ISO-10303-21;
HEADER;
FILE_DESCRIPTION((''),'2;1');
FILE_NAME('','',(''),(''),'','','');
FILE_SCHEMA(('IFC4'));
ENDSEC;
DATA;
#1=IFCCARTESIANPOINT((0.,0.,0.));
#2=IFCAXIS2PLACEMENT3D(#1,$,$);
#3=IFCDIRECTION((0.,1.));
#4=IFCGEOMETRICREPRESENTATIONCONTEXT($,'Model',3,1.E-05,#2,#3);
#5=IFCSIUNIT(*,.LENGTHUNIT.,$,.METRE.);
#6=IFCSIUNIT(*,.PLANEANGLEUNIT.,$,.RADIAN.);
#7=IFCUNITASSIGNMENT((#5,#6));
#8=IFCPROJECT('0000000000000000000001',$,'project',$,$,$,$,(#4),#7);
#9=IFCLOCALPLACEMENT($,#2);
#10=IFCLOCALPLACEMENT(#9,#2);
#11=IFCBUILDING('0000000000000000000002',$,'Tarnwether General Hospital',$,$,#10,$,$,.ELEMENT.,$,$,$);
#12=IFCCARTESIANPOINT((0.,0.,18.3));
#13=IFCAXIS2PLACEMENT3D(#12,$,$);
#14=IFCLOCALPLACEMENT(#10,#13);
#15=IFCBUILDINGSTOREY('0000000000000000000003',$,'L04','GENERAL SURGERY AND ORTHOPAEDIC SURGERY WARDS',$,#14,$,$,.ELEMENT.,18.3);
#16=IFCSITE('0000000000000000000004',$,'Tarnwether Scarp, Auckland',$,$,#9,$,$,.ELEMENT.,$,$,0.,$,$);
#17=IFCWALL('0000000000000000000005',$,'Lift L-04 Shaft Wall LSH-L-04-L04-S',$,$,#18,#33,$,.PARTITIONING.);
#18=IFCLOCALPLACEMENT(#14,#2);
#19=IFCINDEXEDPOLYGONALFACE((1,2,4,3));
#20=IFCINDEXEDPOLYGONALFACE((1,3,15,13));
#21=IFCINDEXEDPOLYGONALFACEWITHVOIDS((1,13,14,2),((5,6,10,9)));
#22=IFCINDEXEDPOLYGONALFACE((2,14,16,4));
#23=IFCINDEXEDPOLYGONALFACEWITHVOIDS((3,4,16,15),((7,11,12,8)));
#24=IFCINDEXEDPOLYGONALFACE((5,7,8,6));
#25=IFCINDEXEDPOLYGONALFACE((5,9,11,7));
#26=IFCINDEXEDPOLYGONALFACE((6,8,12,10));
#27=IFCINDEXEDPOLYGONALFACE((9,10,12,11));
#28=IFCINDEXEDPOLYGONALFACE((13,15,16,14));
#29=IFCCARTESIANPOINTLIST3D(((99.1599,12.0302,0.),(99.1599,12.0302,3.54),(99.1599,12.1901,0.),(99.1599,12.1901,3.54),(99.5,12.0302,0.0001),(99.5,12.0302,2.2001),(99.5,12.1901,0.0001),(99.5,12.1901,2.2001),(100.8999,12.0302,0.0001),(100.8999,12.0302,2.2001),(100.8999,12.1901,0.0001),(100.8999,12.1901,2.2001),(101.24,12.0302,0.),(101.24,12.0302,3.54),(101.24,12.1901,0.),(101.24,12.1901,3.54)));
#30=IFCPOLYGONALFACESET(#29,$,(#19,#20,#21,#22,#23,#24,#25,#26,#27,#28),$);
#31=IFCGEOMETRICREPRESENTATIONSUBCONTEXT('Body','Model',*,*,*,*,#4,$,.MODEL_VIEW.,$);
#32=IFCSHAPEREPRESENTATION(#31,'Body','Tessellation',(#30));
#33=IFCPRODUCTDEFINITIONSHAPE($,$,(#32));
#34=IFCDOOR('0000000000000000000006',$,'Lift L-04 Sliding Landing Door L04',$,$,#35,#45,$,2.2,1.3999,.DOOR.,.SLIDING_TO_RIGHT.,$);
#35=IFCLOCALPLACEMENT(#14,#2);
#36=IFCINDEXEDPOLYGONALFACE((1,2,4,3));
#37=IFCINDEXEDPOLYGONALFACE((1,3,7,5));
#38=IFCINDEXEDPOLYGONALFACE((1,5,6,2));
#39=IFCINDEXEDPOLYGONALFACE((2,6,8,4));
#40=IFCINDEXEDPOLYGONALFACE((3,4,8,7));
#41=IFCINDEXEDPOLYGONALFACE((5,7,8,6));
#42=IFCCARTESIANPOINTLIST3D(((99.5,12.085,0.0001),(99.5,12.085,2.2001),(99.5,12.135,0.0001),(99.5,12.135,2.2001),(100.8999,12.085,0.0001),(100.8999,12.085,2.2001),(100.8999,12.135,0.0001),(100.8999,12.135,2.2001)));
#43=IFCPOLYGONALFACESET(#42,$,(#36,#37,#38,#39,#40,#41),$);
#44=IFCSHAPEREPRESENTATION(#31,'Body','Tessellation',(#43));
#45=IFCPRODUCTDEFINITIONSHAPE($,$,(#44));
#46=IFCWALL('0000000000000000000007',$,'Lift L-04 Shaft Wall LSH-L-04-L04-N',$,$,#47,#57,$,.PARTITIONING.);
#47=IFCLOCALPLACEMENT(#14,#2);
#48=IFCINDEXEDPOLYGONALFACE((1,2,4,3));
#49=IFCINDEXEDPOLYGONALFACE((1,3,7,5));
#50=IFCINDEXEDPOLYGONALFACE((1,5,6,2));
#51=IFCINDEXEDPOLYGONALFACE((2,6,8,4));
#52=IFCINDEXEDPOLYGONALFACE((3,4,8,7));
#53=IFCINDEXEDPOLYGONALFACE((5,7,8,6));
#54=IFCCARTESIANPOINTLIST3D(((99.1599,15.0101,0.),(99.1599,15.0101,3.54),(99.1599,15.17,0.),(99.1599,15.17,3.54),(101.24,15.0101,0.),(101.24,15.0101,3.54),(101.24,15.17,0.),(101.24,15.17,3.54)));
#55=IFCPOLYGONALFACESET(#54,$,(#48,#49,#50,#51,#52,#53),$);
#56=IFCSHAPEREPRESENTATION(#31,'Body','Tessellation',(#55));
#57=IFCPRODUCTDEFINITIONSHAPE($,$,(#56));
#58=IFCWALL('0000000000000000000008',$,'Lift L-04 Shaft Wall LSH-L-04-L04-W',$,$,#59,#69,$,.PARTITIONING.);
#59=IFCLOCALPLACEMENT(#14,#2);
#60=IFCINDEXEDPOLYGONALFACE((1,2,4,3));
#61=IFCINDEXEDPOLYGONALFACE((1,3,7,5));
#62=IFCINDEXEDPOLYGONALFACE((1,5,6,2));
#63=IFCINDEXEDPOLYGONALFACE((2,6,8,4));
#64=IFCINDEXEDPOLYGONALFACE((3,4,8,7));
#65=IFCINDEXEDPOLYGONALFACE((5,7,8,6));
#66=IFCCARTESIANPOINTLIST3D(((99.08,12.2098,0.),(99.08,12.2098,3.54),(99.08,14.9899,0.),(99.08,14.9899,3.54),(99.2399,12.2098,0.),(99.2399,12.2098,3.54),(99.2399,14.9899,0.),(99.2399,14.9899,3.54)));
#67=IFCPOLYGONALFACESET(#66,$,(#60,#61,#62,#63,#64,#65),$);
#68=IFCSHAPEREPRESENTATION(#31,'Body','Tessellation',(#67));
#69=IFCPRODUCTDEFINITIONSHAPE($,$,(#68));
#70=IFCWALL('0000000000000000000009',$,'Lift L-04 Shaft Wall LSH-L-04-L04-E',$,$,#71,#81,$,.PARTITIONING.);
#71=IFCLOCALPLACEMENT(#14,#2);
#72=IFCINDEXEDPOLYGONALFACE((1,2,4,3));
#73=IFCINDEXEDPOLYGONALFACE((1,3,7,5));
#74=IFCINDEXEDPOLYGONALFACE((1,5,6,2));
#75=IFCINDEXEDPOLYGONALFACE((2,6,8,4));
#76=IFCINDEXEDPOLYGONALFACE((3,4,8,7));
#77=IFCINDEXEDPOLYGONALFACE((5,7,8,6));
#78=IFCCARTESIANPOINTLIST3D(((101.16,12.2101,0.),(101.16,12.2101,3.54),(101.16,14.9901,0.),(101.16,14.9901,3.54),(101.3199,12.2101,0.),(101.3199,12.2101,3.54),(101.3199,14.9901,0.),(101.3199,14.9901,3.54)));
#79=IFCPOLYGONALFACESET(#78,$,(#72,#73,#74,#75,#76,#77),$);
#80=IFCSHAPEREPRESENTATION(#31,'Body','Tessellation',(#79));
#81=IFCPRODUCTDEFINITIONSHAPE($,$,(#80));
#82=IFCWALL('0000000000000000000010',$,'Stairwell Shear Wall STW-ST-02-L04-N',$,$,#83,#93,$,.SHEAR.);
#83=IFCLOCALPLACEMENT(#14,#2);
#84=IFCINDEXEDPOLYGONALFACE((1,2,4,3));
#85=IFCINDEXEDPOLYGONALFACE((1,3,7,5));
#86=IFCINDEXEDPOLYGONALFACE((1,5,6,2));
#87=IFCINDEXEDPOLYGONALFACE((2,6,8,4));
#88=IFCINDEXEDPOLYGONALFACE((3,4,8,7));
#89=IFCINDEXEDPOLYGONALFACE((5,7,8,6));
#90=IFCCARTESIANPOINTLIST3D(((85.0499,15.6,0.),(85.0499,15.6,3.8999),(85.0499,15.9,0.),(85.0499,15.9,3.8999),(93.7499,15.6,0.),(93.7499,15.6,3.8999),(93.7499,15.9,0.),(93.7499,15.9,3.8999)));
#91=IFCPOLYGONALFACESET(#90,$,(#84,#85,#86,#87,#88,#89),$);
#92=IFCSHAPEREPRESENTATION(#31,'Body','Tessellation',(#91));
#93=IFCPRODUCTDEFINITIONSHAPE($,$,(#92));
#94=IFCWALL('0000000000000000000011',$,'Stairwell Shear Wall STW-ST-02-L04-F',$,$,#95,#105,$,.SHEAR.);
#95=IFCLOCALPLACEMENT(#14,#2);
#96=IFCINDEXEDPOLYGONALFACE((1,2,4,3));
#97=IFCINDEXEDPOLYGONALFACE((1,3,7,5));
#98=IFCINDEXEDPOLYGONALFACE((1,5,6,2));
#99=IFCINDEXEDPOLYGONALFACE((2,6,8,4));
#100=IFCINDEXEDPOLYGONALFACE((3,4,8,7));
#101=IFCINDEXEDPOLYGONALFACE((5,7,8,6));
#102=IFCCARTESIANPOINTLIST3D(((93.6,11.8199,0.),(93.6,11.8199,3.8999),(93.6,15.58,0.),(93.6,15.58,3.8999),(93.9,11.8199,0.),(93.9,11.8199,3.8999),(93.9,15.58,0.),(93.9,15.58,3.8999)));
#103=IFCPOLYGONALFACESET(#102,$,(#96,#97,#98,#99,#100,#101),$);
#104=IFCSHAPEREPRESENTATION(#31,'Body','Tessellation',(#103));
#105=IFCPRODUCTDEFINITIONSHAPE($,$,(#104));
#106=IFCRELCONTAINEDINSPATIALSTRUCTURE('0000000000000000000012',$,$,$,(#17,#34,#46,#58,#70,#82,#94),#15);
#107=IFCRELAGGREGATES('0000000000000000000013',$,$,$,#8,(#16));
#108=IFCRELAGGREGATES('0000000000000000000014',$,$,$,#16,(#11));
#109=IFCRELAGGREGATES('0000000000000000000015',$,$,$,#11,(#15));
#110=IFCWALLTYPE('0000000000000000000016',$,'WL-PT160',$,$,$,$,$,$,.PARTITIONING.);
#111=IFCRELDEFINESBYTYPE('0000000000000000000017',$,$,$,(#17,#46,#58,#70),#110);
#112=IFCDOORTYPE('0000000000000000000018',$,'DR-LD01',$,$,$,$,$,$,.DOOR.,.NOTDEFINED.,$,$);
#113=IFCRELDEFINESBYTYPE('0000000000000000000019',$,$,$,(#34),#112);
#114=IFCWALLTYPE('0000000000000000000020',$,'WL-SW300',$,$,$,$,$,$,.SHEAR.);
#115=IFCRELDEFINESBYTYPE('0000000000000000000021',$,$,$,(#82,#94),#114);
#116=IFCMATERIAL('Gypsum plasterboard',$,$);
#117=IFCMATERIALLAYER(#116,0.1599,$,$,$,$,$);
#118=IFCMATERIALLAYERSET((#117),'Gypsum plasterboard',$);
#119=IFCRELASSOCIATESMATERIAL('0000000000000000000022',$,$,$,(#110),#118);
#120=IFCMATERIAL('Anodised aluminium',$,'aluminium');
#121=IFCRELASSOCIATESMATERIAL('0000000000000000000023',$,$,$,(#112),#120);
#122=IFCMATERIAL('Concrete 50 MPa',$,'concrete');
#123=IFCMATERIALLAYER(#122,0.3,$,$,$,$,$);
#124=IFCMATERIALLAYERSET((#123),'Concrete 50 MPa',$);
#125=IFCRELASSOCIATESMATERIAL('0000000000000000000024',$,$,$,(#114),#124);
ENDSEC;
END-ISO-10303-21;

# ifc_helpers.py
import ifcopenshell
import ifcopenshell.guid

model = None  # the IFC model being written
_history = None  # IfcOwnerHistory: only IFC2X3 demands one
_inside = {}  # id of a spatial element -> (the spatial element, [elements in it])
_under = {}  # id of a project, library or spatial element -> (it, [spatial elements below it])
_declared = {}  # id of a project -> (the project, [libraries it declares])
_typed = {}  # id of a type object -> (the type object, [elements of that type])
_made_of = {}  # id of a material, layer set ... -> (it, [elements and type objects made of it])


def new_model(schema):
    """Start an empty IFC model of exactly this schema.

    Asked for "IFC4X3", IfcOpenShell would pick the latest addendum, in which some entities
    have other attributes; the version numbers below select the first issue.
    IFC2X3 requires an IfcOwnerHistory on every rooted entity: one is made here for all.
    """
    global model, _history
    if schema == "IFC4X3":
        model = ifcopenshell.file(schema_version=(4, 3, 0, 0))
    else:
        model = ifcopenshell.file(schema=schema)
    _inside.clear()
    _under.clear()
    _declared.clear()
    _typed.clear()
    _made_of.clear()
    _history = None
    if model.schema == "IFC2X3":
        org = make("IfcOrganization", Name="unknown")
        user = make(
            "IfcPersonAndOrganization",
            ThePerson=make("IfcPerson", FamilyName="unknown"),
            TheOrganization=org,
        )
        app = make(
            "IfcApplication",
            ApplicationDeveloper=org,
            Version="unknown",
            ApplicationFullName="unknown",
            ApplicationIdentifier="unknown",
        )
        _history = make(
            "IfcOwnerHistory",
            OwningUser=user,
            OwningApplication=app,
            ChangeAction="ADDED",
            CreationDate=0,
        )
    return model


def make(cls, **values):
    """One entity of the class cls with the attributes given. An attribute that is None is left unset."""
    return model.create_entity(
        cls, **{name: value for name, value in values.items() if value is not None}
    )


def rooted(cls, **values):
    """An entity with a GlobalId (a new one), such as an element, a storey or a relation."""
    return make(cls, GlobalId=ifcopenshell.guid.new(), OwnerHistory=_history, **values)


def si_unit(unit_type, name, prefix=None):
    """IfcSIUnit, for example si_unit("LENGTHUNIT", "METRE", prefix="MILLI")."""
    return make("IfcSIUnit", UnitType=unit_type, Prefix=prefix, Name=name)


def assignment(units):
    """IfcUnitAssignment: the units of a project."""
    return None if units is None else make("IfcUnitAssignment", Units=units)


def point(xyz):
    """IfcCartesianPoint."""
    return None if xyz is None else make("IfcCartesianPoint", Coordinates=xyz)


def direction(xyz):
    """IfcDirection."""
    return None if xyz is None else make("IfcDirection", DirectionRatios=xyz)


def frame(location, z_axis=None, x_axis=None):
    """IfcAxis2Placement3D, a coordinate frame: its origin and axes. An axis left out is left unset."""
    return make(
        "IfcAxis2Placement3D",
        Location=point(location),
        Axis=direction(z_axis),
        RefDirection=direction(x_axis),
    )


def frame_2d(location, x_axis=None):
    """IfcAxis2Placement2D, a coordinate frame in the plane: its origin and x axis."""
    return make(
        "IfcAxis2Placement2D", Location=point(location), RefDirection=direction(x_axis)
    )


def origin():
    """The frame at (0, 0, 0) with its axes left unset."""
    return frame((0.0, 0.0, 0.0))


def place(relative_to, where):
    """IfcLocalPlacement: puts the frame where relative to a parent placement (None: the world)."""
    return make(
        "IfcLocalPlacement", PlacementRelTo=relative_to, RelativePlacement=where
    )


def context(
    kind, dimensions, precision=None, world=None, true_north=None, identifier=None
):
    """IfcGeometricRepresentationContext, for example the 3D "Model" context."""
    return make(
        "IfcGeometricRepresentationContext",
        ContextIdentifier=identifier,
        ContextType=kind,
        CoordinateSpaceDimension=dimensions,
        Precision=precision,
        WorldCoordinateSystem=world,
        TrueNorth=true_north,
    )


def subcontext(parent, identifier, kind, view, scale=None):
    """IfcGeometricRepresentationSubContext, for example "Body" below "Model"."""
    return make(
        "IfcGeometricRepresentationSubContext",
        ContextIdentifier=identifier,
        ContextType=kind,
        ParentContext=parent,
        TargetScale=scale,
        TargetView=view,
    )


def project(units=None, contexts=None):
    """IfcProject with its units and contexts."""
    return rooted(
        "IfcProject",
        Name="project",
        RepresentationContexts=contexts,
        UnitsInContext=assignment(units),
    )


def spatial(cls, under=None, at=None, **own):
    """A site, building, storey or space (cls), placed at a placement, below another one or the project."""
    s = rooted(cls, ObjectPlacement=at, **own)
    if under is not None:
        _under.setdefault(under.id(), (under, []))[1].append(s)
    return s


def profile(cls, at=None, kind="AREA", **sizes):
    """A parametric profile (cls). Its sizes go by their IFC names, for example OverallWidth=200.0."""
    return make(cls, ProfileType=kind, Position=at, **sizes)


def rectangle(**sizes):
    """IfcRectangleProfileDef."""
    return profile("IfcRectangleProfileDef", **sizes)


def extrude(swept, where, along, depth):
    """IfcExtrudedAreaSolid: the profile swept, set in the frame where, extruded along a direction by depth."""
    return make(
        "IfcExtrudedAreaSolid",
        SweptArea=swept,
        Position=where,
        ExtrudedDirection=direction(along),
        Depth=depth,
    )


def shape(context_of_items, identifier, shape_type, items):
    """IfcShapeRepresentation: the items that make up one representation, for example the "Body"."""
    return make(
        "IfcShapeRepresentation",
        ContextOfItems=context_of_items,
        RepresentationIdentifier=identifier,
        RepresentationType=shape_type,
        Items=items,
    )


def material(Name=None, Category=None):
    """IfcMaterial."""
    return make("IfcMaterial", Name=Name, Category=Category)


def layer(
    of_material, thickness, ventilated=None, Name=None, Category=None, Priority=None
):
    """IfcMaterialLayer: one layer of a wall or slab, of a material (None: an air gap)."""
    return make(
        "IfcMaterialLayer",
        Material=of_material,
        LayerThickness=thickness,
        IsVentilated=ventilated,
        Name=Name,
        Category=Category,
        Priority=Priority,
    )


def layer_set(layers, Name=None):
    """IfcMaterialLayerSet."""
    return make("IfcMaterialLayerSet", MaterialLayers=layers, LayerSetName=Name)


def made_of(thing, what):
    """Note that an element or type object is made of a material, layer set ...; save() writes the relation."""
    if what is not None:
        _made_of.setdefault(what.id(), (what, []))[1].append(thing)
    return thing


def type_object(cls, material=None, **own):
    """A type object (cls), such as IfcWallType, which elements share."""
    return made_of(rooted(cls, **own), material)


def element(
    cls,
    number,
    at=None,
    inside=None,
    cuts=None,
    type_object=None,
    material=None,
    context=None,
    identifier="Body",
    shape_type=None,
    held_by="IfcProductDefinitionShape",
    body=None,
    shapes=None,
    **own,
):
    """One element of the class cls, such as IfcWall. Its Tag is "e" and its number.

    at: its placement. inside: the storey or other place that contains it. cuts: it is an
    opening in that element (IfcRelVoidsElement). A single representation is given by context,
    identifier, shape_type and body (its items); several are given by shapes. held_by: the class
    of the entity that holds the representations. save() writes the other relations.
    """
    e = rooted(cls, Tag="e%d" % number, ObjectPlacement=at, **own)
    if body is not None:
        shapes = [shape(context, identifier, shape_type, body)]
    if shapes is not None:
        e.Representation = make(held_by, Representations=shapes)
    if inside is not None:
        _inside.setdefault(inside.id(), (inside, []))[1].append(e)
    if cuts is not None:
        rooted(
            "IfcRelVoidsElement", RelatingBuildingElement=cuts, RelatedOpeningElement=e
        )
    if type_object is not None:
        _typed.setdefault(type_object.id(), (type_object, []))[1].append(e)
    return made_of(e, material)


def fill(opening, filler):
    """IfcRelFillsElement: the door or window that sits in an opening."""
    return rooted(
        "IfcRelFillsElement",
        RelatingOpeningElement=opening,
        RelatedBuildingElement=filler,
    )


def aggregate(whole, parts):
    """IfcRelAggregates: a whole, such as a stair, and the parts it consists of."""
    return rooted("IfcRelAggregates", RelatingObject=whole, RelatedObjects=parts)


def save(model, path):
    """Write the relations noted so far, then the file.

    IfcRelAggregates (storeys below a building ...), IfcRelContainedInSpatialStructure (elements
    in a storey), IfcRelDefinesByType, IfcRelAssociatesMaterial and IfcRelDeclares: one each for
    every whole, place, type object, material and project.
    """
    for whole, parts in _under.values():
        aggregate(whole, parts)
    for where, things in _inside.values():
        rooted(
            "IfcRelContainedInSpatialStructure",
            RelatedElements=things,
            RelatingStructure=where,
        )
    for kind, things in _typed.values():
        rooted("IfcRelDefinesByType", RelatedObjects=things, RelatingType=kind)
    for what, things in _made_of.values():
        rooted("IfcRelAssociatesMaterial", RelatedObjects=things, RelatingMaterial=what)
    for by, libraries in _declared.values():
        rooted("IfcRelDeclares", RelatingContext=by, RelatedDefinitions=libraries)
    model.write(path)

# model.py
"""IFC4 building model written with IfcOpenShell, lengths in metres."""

from ifc_helpers import new_model, si_unit, direction, frame, frame_2d, origin, place, context, subcontext, project, spatial, rectangle, extrude, material, layer, layer_set, type_object, element, fill, save


model = new_model("IFC4")

# Units and contexts
model_context = context("Model", 3, precision=1e-05, world=origin(), true_north=direction((0.0, 1.0)))
body_context = subcontext(model_context, "Body", "Model", "MODEL_VIEW")
ifc_project = project(units=[si_unit("LENGTHUNIT", "METRE"), si_unit("PLANEANGLEUNIT", "RADIAN")], contexts=[model_context])

# Site, building, storey
site_placement = place(None, origin())
site = spatial("IfcSite", under=ifc_project, at=site_placement, Name="Tarnwether Scarp, Auckland", CompositionType="ELEMENT", RefElevation=0.0)
building_placement = place(site_placement, origin())
building = spatial("IfcBuilding", under=site, at=building_placement, Name="Tarnwether General Hospital", CompositionType="ELEMENT")
storey_placement = place(building_placement, frame((0.0, 0.0, 18.3)))
storey = spatial("IfcBuildingStorey", under=building, at=storey_placement, Name="L04", Description="GENERAL SURGERY AND ORTHOPAEDIC SURGERY WARDS", CompositionType="ELEMENT", Elevation=18.3)

# Shared definitions
ifc_material_1 = material(Name="Gypsum plasterboard")
ifc_layer_1 = layer(ifc_material_1, 0.1599)
ifc_layer_set_1 = layer_set([ifc_layer_1], Name="Gypsum plasterboard")
wall_type_1 = type_object("IfcWallType", Name="WL-PT160", PredefinedType="PARTITIONING", material=ifc_layer_set_1)
ifc_material_2 = material(Name="Anodised aluminium", Category="aluminium")
door_type_1 = type_object("IfcDoorType", Name="DR-LD01", OperationType="NOTDEFINED", PredefinedType="DOOR", material=ifc_material_2)

# Wall, opening, door
wall_1_placement = place(storey_placement, frame((99.1599, 12.1101, 0.0), z_axis=(0.0, 0.0, 1.0), x_axis=(1.0, 0.0, 0.0)))
wall_1 = element("IfcWall", 1, at=wall_1_placement, inside=storey, type_object=wall_type_1, Name="Lift L-04 Shaft Wall LSH-L-04-L04-S", PredefinedType="PARTITIONING", context=body_context, shape_type="SweptSolid", body=[
    extrude(rectangle(XDim=2.0801, YDim=0.1599, at=frame_2d((1.04, 0.0))), origin(), (0.0, 0.0, 1.0), 3.54),
])
opening_1_placement = place(wall_1_placement, frame((0.3401, 0.0, 0.0)))
opening_1 = element("IfcOpeningElement", 2, at=opening_1_placement, cuts=wall_1, PredefinedType="OPENING", context=body_context, shape_type="SweptSolid", body=[
    extrude(rectangle(XDim=1.3999, YDim=2.2, at=frame_2d((0.7, 1.1001))), frame((0.0, 0.0898, 0.0), z_axis=(0.0, -1.0, 0.0), x_axis=(1.0, 0.0, 0.0)), (0.0, 0.0, 1.0), 0.1799),
])
door_1_placement = place(opening_1_placement, origin())
door_1 = element("IfcDoor", 3, at=door_1_placement, inside=storey, type_object=door_type_1, Name="Lift L-04 Sliding Landing Door L04", OperationType="SLIDING_TO_RIGHT", OverallHeight=2.2, OverallWidth=1.3999, PredefinedType="DOOR", context=body_context, shape_type="SweptSolid", body=[
    extrude(rectangle(XDim=1.3999, YDim=2.2, at=frame_2d((0.7, 1.1001))), frame((0.0, 0.0249, 0.0), z_axis=(0.0, -1.0, 0.0), x_axis=(1.0, 0.0, 0.0)), (0.0, 0.0, 1.0), 0.05),
])
fill(opening_1, door_1)

# Walls
wall_2_placement = place(storey_placement, frame((101.24, 15.0901, 0.0), z_axis=(0.0, 0.0, 1.0), x_axis=(-1.0, 0.0, 0.0)))
element("IfcWall", 4, at=wall_2_placement, inside=storey, type_object=wall_type_1, Name="Lift L-04 Shaft Wall LSH-L-04-L04-N", PredefinedType="PARTITIONING", context=body_context, shape_type="SweptSolid", body=[
    extrude(rectangle(XDim=2.0801, YDim=0.1599, at=frame_2d((1.04, 0.0))), origin(), (0.0, 0.0, 1.0), 3.54),
])
for number, where, z_axis, x_axis, name in (
    (5, (99.1599, 14.99, 0.0), (0.0, 0.0, 1.0), (0.0, -1.0, 0.0), "Lift L-04 Shaft Wall LSH-L-04-L04-W"),
    (6, (101.24, 12.21, 0.0), (0.0, 0.0, 1.0), (0.0, 1.0, 0.0), "Lift L-04 Shaft Wall LSH-L-04-L04-E"),
):
    element("IfcWall", number, at=place(storey_placement, frame(where, z_axis=z_axis, x_axis=x_axis)), inside=storey, type_object=wall_type_1, Name=name, PredefinedType="PARTITIONING", context=body_context, shape_type="SweptSolid", body=[
        extrude(rectangle(XDim=2.78, YDim=0.1599, at=frame_2d((1.3901, 0.0))), origin(), (0.0, 0.0, 1.0), 3.54),
    ])

# Walls
ifc_material_3 = material(Name="Concrete 50 MPa", Category="concrete")
ifc_layer_2 = layer(ifc_material_3, 0.3)
ifc_layer_set_2 = layer_set([ifc_layer_2], Name="Concrete 50 MPa")
wall_type_2 = type_object("IfcWallType", Name="WL-SW300", PredefinedType="SHEAR", material=ifc_layer_set_2)
wall_3_placement = place(storey_placement, frame((93.75, 15.75, 0.0), z_axis=(0.0, 0.0, 1.0), x_axis=(-1.0, 0.0, 0.0)))
element("IfcWall", 7, at=wall_3_placement, inside=storey, type_object=wall_type_2, Name="Stairwell Shear Wall STW-ST-02-L04-N", PredefinedType="SHEAR", context=body_context, shape_type="SweptSolid", body=[
    extrude(rectangle(XDim=8.7, YDim=0.3, at=frame_2d((4.3501, 0.0))), origin(), (0.0, 0.0, 1.0), 3.8999),
])
wall_4_placement = place(storey_placement, frame((93.75, 11.8201, 0.0), z_axis=(0.0, 0.0, 1.0), x_axis=(0.0, 1.0, 0.0)))
element("IfcWall", 8, at=wall_4_placement, inside=storey, type_object=wall_type_2, Name="Stairwell Shear Wall STW-ST-02-L04-F", PredefinedType="SHEAR", context=body_context, shape_type="SweptSolid", body=[
    extrude(rectangle(XDim=3.76, YDim=0.3, at=frame_2d((1.8799, 0.0))), origin(), (0.0, 0.0, 1.0), 3.8999),
])

save(model, "model.ifc")
